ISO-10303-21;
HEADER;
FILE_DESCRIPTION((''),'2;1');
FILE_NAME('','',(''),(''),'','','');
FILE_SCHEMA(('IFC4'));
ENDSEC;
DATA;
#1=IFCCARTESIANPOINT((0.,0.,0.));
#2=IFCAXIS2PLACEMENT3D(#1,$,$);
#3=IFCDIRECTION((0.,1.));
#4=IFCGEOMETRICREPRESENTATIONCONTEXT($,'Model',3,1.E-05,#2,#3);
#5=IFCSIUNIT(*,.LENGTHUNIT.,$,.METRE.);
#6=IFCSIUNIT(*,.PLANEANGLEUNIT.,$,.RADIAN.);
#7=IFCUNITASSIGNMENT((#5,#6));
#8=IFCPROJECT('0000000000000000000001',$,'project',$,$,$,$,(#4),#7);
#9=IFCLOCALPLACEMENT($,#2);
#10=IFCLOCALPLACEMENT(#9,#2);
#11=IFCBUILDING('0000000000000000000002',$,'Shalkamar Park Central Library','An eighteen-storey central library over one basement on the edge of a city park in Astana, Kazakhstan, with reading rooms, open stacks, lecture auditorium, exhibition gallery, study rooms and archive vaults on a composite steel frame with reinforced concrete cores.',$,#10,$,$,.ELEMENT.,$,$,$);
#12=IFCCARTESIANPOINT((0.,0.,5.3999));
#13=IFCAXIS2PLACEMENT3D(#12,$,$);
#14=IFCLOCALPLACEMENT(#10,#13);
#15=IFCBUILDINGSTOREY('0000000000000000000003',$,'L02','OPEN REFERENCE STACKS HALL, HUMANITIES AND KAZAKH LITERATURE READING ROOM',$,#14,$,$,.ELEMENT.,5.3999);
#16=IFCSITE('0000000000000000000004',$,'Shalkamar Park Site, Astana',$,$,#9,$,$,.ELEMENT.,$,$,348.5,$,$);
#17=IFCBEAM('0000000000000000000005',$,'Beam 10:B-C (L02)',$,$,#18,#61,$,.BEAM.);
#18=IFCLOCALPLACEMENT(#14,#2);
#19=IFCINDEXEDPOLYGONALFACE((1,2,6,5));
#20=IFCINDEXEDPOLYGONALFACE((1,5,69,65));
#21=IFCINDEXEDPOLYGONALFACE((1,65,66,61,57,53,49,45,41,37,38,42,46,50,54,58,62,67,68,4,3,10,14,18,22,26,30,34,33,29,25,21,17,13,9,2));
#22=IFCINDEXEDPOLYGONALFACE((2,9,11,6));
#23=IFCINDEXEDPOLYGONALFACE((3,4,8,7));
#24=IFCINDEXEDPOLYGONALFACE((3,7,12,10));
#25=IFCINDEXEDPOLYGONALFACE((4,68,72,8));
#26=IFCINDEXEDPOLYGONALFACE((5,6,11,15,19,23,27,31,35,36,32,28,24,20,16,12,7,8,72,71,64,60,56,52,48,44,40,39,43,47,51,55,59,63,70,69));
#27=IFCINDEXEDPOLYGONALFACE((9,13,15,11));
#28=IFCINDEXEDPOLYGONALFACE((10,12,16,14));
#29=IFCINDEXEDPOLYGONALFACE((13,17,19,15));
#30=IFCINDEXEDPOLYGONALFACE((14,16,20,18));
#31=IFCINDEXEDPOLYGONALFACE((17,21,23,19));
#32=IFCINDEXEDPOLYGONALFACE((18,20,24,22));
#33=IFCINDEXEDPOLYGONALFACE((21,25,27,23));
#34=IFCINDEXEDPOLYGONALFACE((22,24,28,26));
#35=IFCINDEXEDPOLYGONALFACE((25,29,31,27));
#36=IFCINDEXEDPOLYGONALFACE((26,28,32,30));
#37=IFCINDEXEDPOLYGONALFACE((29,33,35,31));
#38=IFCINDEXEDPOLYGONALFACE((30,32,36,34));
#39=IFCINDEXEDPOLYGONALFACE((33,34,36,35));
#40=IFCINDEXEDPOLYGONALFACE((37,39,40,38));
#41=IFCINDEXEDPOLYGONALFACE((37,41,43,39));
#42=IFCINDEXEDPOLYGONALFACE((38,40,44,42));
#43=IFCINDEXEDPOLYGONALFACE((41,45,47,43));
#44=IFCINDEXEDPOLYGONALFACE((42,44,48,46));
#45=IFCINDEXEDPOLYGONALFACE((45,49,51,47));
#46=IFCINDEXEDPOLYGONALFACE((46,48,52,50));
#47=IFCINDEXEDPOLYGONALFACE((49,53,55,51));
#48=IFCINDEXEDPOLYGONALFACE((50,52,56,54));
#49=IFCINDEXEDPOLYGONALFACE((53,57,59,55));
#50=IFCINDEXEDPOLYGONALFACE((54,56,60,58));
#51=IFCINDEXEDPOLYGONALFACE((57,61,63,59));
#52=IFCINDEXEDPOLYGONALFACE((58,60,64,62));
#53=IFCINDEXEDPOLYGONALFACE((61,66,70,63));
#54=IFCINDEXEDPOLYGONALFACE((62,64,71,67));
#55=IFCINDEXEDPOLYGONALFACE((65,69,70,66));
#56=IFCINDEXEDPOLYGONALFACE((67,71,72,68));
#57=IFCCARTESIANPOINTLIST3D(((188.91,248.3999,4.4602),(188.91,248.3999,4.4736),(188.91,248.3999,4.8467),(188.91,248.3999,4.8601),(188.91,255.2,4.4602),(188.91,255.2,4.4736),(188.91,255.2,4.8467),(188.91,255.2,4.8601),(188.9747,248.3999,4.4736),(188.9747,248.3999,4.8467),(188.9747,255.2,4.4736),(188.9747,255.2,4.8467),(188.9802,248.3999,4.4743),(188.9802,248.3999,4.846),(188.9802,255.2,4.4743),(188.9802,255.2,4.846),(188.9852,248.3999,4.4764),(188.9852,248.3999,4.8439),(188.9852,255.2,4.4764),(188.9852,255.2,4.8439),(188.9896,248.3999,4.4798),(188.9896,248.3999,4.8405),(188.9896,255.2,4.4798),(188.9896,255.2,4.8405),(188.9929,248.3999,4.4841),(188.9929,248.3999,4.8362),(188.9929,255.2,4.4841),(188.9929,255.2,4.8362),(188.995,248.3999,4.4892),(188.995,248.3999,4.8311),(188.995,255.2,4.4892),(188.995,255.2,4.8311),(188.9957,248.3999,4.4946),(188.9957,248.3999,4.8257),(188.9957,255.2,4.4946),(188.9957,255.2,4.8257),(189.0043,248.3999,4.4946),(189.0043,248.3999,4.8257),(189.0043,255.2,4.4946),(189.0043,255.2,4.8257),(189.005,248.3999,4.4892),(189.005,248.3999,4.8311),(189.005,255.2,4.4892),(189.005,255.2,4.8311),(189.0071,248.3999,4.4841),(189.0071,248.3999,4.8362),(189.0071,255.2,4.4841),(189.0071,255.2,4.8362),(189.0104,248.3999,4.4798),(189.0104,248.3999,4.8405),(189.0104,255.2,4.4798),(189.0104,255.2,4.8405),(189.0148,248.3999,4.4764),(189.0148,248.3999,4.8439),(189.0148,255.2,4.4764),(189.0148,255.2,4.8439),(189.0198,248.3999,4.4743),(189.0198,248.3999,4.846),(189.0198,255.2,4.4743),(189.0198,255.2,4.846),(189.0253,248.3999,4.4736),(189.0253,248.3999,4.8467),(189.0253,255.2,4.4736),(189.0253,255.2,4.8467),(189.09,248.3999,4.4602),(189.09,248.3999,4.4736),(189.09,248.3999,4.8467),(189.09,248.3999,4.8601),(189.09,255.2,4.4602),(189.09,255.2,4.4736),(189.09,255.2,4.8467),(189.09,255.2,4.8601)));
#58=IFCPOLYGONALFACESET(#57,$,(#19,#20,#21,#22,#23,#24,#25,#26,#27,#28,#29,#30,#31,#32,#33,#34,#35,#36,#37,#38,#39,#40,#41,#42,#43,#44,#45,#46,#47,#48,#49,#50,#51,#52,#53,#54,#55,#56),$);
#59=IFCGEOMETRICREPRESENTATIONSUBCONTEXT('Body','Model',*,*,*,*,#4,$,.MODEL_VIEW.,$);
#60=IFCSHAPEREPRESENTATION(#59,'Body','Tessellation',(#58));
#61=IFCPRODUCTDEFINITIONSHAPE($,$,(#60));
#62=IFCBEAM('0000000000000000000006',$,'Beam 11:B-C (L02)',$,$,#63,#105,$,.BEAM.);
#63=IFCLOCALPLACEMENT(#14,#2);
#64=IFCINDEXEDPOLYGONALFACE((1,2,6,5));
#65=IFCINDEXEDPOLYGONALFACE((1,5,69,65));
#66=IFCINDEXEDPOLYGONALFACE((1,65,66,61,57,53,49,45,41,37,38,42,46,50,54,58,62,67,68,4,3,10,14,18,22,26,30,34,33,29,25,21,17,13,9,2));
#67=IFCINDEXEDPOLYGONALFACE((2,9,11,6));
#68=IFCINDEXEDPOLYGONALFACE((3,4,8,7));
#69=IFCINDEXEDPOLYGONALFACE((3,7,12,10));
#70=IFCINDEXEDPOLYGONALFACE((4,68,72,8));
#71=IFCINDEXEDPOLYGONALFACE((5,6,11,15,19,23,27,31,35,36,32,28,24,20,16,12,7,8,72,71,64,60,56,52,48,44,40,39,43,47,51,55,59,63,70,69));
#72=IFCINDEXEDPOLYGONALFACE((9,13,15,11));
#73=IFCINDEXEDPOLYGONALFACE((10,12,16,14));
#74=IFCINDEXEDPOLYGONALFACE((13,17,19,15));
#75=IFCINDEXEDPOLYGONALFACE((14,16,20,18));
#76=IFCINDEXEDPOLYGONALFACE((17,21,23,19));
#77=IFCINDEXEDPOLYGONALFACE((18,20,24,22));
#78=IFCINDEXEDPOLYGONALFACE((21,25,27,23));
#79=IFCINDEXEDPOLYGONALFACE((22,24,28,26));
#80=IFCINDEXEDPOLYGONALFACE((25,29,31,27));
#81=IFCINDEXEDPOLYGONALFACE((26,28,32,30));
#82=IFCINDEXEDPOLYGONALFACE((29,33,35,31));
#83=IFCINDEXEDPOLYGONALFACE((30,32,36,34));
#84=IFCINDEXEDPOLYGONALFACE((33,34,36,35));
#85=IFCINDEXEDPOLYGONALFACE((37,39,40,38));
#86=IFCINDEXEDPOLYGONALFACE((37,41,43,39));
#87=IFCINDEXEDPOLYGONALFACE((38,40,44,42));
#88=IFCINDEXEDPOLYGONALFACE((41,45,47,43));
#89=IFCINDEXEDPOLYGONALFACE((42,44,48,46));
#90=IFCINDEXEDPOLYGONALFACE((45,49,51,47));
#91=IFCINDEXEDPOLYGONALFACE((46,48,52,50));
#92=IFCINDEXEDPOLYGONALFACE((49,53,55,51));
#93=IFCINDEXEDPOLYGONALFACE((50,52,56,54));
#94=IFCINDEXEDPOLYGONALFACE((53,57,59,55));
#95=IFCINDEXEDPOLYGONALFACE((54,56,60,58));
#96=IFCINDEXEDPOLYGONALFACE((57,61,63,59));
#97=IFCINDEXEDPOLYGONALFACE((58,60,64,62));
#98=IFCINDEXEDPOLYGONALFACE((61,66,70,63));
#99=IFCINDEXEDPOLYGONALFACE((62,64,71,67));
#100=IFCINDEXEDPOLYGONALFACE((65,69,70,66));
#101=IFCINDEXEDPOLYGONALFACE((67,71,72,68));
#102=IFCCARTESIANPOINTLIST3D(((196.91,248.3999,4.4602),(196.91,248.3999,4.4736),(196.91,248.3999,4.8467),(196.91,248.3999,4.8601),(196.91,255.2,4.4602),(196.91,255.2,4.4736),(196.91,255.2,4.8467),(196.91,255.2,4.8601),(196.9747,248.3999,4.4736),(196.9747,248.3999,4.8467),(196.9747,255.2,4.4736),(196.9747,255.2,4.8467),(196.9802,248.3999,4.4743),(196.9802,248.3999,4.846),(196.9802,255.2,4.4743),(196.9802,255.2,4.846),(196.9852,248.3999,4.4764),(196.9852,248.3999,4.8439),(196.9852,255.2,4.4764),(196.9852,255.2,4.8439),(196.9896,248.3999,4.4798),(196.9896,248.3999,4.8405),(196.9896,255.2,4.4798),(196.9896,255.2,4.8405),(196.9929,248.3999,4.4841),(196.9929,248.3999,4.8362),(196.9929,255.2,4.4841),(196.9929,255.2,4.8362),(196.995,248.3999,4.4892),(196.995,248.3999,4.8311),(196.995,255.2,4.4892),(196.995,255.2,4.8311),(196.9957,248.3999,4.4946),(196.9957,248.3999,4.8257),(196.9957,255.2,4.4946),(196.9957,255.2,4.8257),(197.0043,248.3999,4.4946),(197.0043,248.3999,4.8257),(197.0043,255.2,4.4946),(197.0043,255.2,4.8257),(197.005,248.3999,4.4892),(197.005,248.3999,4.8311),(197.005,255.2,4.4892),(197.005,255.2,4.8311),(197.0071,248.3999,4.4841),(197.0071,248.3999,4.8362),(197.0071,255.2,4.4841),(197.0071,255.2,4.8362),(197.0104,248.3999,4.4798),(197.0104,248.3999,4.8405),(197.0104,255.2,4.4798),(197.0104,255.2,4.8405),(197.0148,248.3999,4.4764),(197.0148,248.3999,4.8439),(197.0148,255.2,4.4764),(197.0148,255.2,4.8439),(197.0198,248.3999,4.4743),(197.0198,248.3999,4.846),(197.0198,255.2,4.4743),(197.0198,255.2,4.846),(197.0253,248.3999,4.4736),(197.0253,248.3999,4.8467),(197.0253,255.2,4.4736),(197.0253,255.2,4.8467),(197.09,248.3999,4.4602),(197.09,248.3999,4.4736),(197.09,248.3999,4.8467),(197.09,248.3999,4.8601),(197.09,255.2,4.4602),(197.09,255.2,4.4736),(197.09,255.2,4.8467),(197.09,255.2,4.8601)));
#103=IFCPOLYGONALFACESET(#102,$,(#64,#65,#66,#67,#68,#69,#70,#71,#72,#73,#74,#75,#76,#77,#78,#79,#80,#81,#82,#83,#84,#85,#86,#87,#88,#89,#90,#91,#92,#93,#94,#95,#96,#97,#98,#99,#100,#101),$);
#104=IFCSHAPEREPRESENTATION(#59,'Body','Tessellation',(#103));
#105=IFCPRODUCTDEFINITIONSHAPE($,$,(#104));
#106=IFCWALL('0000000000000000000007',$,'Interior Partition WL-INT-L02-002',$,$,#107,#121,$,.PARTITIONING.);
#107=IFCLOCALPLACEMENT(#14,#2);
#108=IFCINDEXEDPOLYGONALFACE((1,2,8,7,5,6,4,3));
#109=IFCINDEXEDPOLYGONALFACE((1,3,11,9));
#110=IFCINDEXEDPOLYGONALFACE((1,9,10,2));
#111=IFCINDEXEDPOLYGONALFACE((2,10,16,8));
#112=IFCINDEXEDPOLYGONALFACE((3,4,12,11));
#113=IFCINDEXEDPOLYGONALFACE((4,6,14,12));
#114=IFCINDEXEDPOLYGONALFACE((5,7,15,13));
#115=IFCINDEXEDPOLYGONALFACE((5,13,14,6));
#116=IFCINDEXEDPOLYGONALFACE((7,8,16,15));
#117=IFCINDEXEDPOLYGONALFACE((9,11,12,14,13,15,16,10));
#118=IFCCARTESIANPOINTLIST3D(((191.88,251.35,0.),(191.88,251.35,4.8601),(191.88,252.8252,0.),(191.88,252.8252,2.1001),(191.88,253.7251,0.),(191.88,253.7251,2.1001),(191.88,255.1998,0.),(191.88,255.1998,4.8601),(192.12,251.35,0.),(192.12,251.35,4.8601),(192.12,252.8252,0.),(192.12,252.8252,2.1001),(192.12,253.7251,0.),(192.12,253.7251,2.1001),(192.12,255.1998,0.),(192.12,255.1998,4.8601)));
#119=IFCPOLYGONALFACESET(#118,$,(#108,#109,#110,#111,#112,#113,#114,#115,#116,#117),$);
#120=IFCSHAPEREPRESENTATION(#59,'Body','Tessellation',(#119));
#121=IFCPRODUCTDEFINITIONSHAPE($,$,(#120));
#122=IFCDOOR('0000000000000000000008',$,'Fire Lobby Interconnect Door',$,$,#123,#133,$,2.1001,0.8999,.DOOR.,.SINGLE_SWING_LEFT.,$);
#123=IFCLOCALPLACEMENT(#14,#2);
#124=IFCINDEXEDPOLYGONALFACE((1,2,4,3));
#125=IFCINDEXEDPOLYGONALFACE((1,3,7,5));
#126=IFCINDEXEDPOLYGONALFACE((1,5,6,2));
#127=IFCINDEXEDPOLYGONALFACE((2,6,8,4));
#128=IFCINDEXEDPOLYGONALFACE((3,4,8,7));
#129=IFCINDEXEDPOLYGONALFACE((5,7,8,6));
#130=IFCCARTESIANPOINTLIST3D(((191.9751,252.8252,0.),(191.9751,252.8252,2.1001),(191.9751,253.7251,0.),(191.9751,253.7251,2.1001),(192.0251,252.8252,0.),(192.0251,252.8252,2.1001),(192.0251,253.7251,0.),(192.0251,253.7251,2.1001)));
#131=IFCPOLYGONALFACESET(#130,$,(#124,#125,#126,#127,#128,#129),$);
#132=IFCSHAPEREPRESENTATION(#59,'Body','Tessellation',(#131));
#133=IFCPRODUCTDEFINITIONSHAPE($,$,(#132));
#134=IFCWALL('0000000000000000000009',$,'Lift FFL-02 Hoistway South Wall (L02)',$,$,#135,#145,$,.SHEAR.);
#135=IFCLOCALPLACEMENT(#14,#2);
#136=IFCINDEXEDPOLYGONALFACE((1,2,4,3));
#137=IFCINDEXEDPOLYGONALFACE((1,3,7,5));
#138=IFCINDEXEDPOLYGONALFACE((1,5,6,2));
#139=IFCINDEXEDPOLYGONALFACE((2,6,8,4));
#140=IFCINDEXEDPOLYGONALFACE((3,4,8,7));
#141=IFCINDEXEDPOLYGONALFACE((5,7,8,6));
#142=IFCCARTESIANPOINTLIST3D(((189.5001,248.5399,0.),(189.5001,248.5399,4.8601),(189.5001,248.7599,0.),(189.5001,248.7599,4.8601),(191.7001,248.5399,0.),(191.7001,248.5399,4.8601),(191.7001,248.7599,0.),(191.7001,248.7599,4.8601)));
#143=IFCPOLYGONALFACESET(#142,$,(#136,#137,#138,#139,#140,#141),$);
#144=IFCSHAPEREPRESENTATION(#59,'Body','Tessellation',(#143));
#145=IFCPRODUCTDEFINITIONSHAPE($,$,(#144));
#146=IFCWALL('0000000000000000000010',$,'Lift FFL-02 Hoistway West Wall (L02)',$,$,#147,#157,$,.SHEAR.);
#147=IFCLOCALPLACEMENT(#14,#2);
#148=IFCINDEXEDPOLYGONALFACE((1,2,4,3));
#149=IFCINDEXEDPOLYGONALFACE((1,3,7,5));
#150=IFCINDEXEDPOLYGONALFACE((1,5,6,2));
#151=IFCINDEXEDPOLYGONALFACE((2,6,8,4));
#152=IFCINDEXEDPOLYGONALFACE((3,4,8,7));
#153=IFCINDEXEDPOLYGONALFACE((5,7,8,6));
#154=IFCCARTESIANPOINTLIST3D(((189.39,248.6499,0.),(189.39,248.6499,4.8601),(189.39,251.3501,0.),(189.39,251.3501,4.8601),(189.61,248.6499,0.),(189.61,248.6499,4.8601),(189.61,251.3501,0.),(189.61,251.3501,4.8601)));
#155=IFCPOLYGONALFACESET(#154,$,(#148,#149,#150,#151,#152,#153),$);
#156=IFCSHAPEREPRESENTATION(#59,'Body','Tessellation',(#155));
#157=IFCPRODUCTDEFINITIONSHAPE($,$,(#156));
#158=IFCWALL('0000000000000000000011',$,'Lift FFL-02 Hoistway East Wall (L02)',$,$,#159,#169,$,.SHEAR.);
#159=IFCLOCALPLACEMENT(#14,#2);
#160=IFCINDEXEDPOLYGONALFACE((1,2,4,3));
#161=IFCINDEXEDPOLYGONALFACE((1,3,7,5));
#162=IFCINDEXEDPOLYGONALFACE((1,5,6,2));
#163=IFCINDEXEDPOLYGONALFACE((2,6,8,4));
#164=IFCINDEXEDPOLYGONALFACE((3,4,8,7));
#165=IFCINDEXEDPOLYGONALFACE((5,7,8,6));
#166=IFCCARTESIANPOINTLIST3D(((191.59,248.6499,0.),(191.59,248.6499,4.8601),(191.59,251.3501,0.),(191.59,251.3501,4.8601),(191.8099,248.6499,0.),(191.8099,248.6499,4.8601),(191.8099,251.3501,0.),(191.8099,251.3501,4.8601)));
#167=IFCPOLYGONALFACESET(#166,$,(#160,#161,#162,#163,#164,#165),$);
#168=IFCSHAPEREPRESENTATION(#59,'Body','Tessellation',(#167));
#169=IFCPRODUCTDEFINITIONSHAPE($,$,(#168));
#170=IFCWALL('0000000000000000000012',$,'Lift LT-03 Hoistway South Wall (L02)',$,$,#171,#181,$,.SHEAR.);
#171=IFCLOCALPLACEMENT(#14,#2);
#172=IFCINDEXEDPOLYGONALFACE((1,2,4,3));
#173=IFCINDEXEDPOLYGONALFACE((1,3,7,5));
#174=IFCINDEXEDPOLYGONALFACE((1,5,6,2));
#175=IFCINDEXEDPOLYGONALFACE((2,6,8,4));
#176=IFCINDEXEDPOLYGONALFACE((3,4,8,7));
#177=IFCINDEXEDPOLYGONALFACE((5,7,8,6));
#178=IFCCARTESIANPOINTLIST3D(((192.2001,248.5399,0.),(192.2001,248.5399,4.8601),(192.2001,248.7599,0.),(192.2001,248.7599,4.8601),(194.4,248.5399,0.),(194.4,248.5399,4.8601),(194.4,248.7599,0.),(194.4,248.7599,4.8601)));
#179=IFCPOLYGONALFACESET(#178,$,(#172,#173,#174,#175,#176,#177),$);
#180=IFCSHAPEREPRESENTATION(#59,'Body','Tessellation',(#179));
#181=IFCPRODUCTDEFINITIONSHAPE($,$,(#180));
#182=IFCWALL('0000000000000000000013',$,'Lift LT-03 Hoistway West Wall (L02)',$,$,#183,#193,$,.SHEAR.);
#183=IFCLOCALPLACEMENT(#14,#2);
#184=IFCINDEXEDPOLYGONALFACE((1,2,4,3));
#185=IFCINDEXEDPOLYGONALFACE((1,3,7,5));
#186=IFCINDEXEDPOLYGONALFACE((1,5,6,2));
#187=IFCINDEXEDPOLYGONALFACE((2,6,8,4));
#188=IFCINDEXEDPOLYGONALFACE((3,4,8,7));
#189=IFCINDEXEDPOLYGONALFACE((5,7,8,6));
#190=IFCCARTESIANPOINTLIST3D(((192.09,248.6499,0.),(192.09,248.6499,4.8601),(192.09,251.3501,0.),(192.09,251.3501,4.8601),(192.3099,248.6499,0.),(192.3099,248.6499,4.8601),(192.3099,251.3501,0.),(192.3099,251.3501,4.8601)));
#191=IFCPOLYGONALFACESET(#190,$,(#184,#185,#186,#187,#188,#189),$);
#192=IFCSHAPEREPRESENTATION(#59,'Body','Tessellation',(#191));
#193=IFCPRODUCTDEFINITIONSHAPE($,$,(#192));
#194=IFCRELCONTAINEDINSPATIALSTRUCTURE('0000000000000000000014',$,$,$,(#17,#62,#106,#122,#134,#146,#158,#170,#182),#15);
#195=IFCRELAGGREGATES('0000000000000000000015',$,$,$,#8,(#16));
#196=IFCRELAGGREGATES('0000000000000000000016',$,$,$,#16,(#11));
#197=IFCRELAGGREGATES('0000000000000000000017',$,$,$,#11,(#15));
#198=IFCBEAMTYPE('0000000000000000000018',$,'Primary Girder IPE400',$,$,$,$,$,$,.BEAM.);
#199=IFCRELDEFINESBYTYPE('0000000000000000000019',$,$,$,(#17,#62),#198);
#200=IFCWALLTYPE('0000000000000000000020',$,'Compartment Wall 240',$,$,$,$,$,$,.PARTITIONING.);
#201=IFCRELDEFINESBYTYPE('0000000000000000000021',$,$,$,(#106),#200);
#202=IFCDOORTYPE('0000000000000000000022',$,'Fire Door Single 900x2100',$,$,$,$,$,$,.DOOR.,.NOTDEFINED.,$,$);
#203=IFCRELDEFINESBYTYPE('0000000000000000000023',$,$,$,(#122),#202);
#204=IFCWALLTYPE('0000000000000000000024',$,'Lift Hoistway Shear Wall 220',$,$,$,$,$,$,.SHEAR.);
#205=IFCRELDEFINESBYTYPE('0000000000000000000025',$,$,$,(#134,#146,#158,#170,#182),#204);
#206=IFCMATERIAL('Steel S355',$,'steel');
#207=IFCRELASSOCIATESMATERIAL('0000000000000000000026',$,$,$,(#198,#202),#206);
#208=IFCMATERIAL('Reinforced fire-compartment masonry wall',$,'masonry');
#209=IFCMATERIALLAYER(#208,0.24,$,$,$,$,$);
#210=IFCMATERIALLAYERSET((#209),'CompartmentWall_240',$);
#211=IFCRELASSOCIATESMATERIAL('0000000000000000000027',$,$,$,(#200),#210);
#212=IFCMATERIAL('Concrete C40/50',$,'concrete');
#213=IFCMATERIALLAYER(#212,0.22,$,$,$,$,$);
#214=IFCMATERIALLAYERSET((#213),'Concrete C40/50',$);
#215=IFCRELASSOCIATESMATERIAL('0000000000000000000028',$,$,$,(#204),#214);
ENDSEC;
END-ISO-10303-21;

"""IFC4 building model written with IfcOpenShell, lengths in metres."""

from ifc_helpers import new_model, si_unit, direction, frame, frame_2d, origin, origin_2d, place, context, subcontext, project, spatial, rectangle, i_section, extrude, material, layer, layer_set, material_profile, profile_set, type_object, element, fill, save


model = new_model("IFC4")

# Units and contexts
model_context = context("Model", 3, precision=1e-05, world=origin(), true_north=direction((0.0, 1.0)))
body_context = subcontext(model_context, "Body", "Model", "MODEL_VIEW")
ifc_project = project(units=[si_unit("LENGTHUNIT", "METRE"), si_unit("PLANEANGLEUNIT", "RADIAN")], contexts=[model_context])

# Site, building, storey
site_placement = place(None, origin())
site = spatial("IfcSite", under=ifc_project, at=site_placement, Name="Shalkamar Park Site, Astana", CompositionType="ELEMENT", RefElevation=348.5)
building_placement = place(site_placement, origin())
building = spatial("IfcBuilding", under=site, at=building_placement, Name="Shalkamar Park Central Library", Description="An eighteen-storey central library over one basement on the edge of a city park in Astana, Kazakhstan, with reading rooms, open stacks, lecture auditorium, exhibition gallery, study rooms and archive vaults on a composite steel frame with reinforced concrete cores.", CompositionType="ELEMENT")
storey_placement = place(building_placement, frame((0.0, 0.0, 5.3999)))
storey = spatial("IfcBuildingStorey", under=building, at=storey_placement, Name="L02", Description="OPEN REFERENCE STACKS HALL, HUMANITIES AND KAZAKH LITERATURE READING ROOM", CompositionType="ELEMENT", Elevation=5.3999)

# Shared definitions
ifc_material_1 = material(Name="Steel S355", Category="steel")

# Beams
ifc_material_profile_1 = material_profile(ifc_material_1, i_section(OverallWidth=0.1799, OverallDepth=0.3999, WebThickness=0.0085, FlangeThickness=0.0134, FilletRadius=0.021, at=origin_2d()), Name="IPE 400")
ifc_profile_set_1 = profile_set([ifc_material_profile_1], Name="Steel S355")
beam_type_1 = type_object("IfcBeamType", Name="Primary Girder IPE400", PredefinedType="BEAM", material=ifc_profile_set_1)
for number, where, z_axis, x_axis, name in (
    (1, (189.0, 248.3999, 4.6602), (0.0, 1.0, 0.0), (-1.0, 0.0, 0.0), "Beam 10:B-C (L02)"),
    (2, (197.0, 248.3999, 4.6602), (0.0, 1.0, 0.0), (-1.0, 0.0, 0.0), "Beam 11:B-C (L02)"),
):
    element("IfcBeam", number, at=place(storey_placement, frame(where, z_axis=z_axis, x_axis=x_axis)), inside=storey, type_object=beam_type_1, Name=name, PredefinedType="BEAM", context=body_context, shape_type="SweptSolid", body=[
        extrude(i_section(OverallWidth=0.1799, OverallDepth=0.3999, WebThickness=0.0085, FlangeThickness=0.0134, FilletRadius=0.021, at=origin_2d()), origin(), (0.0, 0.0, 1.0), 6.8),
    ])

# Wall, opening, door
ifc_material_2 = material(Name="Reinforced fire-compartment masonry wall", Category="masonry")
ifc_layer_1 = layer(ifc_material_2, 0.24)
ifc_layer_set_1 = layer_set([ifc_layer_1], Name="CompartmentWall_240")
wall_type_1 = type_object("IfcWallType", Name="Compartment Wall 240", PredefinedType="PARTITIONING", material=ifc_layer_set_1)
wall_1_placement = place(storey_placement, frame((192.0, 251.3501, 0.0), z_axis=(0.0, 0.0, 1.0), x_axis=(0.0, 1.0, 0.0)))
wall_1 = element("IfcWall", 3, at=wall_1_placement, inside=storey, type_object=wall_type_1, Name="Interior Partition WL-INT-L02-002", PredefinedType="PARTITIONING", context=body_context, shape_type="SweptSolid", body=[
    extrude(rectangle(XDim=3.8499, YDim=0.24, at=frame_2d((1.9248, 0.0))), origin(), (0.0, 0.0, 1.0), 4.8601),
])
opening_1_placement = place(wall_1_placement, frame((1.4751, 0.0, 0.0)))
opening_1 = element("IfcOpeningElement", 4, at=opening_1_placement, cuts=wall_1, PredefinedType="OPENING", context=body_context, shape_type="SweptSolid", body=[
    extrude(rectangle(XDim=0.8999, YDim=2.1001, at=frame_2d((0.45, 1.05))), frame((0.0, 0.1348, 0.0), z_axis=(0.0, -1.0, 0.0), x_axis=(1.0, 0.0, 0.0)), (0.0, 0.0, 1.0), 0.2698),
])
door_type_1 = type_object("IfcDoorType", Name="Fire Door Single 900x2100", OperationType="NOTDEFINED", PredefinedType="DOOR", material=ifc_material_1)
door_1_placement = place(opening_1_placement, origin())
door_1 = element("IfcDoor", 5, at=door_1_placement, inside=storey, type_object=door_type_1, Name="Fire Lobby Interconnect Door", OperationType="SINGLE_SWING_LEFT", OverallHeight=2.1001, OverallWidth=0.8999, PredefinedType="DOOR", context=body_context, shape_type="SweptSolid", body=[
    extrude(rectangle(XDim=0.8999, YDim=2.1001, at=frame_2d((0.45, 1.05))), frame((0.0, 0.0249, 0.0), z_axis=(0.0, -1.0, 0.0), x_axis=(1.0, 0.0, 0.0)), (0.0, 0.0, 1.0), 0.05),
])
fill(opening_1, door_1)

# Walls
ifc_material_3 = material(Name="Concrete C40/50", Category="concrete")
ifc_layer_2 = layer(ifc_material_3, 0.22)
ifc_layer_set_2 = layer_set([ifc_layer_2], Name="Concrete C40/50")
wall_type_2 = type_object("IfcWallType", Name="Lift Hoistway Shear Wall 220", PredefinedType="SHEAR", material=ifc_layer_set_2)
wall_2_placement = place(storey_placement, frame((189.5, 248.6499, 0.0), z_axis=(0.0, 0.0, 1.0), x_axis=(1.0, 0.0, 0.0)))
element("IfcWall", 6, at=wall_2_placement, inside=storey, type_object=wall_type_2, Name="Lift FFL-02 Hoistway South Wall (L02)", PredefinedType="SHEAR", context=body_context, shape_type="SweptSolid", body=[
    extrude(rectangle(XDim=2.2, YDim=0.22, at=frame_2d((1.1001, 0.0))), origin(), (0.0, 0.0, 1.0), 4.8601),
])
for number, where, z_axis, x_axis, name in (
    (7, (189.5, 248.6499, 0.0), (0.0, 0.0, 1.0), (0.0, 1.0, 0.0), "Lift FFL-02 Hoistway West Wall (L02)"),
    (8, (191.7, 248.6499, 0.0), (0.0, 0.0, 1.0), (0.0, 1.0, 0.0), "Lift FFL-02 Hoistway East Wall (L02)"),
):
    element("IfcWall", number, at=place(storey_placement, frame(where, z_axis=z_axis, x_axis=x_axis)), inside=storey, type_object=wall_type_2, Name=name, PredefinedType="SHEAR", context=body_context, shape_type="SweptSolid", body=[
        extrude(rectangle(XDim=2.7002, YDim=0.22, at=frame_2d((1.3501, 0.0))), origin(), (0.0, 0.0, 1.0), 4.8601),
    ])

# Walls
wall_3_placement = place(storey_placement, frame((192.2, 248.6499, 0.0), z_axis=(0.0, 0.0, 1.0), x_axis=(1.0, 0.0, 0.0)))
element("IfcWall", 9, at=wall_3_placement, inside=storey, type_object=wall_type_2, Name="Lift LT-03 Hoistway South Wall (L02)", PredefinedType="SHEAR", context=body_context, shape_type="SweptSolid", body=[
    extrude(rectangle(XDim=2.2, YDim=0.22, at=frame_2d((1.1001, 0.0))), origin(), (0.0, 0.0, 1.0), 4.8601),
])
for number, where, z_axis, x_axis, name in (
    (10, (192.2, 248.6499, 0.0), (0.0, 0.0, 1.0), (0.0, 1.0, 0.0), "Lift LT-03 Hoistway West Wall (L02)"),
):
    element("IfcWall", number, at=place(storey_placement, frame(where, z_axis=z_axis, x_axis=x_axis)), inside=storey, type_object=wall_type_2, Name=name, PredefinedType="SHEAR", context=body_context, shape_type="SweptSolid", body=[
        extrude(rectangle(XDim=2.7002, YDim=0.22, at=frame_2d((1.3501, 0.0))), origin(), (0.0, 0.0, 1.0), 4.8601),
    ])

save(model, "model.ifc")
